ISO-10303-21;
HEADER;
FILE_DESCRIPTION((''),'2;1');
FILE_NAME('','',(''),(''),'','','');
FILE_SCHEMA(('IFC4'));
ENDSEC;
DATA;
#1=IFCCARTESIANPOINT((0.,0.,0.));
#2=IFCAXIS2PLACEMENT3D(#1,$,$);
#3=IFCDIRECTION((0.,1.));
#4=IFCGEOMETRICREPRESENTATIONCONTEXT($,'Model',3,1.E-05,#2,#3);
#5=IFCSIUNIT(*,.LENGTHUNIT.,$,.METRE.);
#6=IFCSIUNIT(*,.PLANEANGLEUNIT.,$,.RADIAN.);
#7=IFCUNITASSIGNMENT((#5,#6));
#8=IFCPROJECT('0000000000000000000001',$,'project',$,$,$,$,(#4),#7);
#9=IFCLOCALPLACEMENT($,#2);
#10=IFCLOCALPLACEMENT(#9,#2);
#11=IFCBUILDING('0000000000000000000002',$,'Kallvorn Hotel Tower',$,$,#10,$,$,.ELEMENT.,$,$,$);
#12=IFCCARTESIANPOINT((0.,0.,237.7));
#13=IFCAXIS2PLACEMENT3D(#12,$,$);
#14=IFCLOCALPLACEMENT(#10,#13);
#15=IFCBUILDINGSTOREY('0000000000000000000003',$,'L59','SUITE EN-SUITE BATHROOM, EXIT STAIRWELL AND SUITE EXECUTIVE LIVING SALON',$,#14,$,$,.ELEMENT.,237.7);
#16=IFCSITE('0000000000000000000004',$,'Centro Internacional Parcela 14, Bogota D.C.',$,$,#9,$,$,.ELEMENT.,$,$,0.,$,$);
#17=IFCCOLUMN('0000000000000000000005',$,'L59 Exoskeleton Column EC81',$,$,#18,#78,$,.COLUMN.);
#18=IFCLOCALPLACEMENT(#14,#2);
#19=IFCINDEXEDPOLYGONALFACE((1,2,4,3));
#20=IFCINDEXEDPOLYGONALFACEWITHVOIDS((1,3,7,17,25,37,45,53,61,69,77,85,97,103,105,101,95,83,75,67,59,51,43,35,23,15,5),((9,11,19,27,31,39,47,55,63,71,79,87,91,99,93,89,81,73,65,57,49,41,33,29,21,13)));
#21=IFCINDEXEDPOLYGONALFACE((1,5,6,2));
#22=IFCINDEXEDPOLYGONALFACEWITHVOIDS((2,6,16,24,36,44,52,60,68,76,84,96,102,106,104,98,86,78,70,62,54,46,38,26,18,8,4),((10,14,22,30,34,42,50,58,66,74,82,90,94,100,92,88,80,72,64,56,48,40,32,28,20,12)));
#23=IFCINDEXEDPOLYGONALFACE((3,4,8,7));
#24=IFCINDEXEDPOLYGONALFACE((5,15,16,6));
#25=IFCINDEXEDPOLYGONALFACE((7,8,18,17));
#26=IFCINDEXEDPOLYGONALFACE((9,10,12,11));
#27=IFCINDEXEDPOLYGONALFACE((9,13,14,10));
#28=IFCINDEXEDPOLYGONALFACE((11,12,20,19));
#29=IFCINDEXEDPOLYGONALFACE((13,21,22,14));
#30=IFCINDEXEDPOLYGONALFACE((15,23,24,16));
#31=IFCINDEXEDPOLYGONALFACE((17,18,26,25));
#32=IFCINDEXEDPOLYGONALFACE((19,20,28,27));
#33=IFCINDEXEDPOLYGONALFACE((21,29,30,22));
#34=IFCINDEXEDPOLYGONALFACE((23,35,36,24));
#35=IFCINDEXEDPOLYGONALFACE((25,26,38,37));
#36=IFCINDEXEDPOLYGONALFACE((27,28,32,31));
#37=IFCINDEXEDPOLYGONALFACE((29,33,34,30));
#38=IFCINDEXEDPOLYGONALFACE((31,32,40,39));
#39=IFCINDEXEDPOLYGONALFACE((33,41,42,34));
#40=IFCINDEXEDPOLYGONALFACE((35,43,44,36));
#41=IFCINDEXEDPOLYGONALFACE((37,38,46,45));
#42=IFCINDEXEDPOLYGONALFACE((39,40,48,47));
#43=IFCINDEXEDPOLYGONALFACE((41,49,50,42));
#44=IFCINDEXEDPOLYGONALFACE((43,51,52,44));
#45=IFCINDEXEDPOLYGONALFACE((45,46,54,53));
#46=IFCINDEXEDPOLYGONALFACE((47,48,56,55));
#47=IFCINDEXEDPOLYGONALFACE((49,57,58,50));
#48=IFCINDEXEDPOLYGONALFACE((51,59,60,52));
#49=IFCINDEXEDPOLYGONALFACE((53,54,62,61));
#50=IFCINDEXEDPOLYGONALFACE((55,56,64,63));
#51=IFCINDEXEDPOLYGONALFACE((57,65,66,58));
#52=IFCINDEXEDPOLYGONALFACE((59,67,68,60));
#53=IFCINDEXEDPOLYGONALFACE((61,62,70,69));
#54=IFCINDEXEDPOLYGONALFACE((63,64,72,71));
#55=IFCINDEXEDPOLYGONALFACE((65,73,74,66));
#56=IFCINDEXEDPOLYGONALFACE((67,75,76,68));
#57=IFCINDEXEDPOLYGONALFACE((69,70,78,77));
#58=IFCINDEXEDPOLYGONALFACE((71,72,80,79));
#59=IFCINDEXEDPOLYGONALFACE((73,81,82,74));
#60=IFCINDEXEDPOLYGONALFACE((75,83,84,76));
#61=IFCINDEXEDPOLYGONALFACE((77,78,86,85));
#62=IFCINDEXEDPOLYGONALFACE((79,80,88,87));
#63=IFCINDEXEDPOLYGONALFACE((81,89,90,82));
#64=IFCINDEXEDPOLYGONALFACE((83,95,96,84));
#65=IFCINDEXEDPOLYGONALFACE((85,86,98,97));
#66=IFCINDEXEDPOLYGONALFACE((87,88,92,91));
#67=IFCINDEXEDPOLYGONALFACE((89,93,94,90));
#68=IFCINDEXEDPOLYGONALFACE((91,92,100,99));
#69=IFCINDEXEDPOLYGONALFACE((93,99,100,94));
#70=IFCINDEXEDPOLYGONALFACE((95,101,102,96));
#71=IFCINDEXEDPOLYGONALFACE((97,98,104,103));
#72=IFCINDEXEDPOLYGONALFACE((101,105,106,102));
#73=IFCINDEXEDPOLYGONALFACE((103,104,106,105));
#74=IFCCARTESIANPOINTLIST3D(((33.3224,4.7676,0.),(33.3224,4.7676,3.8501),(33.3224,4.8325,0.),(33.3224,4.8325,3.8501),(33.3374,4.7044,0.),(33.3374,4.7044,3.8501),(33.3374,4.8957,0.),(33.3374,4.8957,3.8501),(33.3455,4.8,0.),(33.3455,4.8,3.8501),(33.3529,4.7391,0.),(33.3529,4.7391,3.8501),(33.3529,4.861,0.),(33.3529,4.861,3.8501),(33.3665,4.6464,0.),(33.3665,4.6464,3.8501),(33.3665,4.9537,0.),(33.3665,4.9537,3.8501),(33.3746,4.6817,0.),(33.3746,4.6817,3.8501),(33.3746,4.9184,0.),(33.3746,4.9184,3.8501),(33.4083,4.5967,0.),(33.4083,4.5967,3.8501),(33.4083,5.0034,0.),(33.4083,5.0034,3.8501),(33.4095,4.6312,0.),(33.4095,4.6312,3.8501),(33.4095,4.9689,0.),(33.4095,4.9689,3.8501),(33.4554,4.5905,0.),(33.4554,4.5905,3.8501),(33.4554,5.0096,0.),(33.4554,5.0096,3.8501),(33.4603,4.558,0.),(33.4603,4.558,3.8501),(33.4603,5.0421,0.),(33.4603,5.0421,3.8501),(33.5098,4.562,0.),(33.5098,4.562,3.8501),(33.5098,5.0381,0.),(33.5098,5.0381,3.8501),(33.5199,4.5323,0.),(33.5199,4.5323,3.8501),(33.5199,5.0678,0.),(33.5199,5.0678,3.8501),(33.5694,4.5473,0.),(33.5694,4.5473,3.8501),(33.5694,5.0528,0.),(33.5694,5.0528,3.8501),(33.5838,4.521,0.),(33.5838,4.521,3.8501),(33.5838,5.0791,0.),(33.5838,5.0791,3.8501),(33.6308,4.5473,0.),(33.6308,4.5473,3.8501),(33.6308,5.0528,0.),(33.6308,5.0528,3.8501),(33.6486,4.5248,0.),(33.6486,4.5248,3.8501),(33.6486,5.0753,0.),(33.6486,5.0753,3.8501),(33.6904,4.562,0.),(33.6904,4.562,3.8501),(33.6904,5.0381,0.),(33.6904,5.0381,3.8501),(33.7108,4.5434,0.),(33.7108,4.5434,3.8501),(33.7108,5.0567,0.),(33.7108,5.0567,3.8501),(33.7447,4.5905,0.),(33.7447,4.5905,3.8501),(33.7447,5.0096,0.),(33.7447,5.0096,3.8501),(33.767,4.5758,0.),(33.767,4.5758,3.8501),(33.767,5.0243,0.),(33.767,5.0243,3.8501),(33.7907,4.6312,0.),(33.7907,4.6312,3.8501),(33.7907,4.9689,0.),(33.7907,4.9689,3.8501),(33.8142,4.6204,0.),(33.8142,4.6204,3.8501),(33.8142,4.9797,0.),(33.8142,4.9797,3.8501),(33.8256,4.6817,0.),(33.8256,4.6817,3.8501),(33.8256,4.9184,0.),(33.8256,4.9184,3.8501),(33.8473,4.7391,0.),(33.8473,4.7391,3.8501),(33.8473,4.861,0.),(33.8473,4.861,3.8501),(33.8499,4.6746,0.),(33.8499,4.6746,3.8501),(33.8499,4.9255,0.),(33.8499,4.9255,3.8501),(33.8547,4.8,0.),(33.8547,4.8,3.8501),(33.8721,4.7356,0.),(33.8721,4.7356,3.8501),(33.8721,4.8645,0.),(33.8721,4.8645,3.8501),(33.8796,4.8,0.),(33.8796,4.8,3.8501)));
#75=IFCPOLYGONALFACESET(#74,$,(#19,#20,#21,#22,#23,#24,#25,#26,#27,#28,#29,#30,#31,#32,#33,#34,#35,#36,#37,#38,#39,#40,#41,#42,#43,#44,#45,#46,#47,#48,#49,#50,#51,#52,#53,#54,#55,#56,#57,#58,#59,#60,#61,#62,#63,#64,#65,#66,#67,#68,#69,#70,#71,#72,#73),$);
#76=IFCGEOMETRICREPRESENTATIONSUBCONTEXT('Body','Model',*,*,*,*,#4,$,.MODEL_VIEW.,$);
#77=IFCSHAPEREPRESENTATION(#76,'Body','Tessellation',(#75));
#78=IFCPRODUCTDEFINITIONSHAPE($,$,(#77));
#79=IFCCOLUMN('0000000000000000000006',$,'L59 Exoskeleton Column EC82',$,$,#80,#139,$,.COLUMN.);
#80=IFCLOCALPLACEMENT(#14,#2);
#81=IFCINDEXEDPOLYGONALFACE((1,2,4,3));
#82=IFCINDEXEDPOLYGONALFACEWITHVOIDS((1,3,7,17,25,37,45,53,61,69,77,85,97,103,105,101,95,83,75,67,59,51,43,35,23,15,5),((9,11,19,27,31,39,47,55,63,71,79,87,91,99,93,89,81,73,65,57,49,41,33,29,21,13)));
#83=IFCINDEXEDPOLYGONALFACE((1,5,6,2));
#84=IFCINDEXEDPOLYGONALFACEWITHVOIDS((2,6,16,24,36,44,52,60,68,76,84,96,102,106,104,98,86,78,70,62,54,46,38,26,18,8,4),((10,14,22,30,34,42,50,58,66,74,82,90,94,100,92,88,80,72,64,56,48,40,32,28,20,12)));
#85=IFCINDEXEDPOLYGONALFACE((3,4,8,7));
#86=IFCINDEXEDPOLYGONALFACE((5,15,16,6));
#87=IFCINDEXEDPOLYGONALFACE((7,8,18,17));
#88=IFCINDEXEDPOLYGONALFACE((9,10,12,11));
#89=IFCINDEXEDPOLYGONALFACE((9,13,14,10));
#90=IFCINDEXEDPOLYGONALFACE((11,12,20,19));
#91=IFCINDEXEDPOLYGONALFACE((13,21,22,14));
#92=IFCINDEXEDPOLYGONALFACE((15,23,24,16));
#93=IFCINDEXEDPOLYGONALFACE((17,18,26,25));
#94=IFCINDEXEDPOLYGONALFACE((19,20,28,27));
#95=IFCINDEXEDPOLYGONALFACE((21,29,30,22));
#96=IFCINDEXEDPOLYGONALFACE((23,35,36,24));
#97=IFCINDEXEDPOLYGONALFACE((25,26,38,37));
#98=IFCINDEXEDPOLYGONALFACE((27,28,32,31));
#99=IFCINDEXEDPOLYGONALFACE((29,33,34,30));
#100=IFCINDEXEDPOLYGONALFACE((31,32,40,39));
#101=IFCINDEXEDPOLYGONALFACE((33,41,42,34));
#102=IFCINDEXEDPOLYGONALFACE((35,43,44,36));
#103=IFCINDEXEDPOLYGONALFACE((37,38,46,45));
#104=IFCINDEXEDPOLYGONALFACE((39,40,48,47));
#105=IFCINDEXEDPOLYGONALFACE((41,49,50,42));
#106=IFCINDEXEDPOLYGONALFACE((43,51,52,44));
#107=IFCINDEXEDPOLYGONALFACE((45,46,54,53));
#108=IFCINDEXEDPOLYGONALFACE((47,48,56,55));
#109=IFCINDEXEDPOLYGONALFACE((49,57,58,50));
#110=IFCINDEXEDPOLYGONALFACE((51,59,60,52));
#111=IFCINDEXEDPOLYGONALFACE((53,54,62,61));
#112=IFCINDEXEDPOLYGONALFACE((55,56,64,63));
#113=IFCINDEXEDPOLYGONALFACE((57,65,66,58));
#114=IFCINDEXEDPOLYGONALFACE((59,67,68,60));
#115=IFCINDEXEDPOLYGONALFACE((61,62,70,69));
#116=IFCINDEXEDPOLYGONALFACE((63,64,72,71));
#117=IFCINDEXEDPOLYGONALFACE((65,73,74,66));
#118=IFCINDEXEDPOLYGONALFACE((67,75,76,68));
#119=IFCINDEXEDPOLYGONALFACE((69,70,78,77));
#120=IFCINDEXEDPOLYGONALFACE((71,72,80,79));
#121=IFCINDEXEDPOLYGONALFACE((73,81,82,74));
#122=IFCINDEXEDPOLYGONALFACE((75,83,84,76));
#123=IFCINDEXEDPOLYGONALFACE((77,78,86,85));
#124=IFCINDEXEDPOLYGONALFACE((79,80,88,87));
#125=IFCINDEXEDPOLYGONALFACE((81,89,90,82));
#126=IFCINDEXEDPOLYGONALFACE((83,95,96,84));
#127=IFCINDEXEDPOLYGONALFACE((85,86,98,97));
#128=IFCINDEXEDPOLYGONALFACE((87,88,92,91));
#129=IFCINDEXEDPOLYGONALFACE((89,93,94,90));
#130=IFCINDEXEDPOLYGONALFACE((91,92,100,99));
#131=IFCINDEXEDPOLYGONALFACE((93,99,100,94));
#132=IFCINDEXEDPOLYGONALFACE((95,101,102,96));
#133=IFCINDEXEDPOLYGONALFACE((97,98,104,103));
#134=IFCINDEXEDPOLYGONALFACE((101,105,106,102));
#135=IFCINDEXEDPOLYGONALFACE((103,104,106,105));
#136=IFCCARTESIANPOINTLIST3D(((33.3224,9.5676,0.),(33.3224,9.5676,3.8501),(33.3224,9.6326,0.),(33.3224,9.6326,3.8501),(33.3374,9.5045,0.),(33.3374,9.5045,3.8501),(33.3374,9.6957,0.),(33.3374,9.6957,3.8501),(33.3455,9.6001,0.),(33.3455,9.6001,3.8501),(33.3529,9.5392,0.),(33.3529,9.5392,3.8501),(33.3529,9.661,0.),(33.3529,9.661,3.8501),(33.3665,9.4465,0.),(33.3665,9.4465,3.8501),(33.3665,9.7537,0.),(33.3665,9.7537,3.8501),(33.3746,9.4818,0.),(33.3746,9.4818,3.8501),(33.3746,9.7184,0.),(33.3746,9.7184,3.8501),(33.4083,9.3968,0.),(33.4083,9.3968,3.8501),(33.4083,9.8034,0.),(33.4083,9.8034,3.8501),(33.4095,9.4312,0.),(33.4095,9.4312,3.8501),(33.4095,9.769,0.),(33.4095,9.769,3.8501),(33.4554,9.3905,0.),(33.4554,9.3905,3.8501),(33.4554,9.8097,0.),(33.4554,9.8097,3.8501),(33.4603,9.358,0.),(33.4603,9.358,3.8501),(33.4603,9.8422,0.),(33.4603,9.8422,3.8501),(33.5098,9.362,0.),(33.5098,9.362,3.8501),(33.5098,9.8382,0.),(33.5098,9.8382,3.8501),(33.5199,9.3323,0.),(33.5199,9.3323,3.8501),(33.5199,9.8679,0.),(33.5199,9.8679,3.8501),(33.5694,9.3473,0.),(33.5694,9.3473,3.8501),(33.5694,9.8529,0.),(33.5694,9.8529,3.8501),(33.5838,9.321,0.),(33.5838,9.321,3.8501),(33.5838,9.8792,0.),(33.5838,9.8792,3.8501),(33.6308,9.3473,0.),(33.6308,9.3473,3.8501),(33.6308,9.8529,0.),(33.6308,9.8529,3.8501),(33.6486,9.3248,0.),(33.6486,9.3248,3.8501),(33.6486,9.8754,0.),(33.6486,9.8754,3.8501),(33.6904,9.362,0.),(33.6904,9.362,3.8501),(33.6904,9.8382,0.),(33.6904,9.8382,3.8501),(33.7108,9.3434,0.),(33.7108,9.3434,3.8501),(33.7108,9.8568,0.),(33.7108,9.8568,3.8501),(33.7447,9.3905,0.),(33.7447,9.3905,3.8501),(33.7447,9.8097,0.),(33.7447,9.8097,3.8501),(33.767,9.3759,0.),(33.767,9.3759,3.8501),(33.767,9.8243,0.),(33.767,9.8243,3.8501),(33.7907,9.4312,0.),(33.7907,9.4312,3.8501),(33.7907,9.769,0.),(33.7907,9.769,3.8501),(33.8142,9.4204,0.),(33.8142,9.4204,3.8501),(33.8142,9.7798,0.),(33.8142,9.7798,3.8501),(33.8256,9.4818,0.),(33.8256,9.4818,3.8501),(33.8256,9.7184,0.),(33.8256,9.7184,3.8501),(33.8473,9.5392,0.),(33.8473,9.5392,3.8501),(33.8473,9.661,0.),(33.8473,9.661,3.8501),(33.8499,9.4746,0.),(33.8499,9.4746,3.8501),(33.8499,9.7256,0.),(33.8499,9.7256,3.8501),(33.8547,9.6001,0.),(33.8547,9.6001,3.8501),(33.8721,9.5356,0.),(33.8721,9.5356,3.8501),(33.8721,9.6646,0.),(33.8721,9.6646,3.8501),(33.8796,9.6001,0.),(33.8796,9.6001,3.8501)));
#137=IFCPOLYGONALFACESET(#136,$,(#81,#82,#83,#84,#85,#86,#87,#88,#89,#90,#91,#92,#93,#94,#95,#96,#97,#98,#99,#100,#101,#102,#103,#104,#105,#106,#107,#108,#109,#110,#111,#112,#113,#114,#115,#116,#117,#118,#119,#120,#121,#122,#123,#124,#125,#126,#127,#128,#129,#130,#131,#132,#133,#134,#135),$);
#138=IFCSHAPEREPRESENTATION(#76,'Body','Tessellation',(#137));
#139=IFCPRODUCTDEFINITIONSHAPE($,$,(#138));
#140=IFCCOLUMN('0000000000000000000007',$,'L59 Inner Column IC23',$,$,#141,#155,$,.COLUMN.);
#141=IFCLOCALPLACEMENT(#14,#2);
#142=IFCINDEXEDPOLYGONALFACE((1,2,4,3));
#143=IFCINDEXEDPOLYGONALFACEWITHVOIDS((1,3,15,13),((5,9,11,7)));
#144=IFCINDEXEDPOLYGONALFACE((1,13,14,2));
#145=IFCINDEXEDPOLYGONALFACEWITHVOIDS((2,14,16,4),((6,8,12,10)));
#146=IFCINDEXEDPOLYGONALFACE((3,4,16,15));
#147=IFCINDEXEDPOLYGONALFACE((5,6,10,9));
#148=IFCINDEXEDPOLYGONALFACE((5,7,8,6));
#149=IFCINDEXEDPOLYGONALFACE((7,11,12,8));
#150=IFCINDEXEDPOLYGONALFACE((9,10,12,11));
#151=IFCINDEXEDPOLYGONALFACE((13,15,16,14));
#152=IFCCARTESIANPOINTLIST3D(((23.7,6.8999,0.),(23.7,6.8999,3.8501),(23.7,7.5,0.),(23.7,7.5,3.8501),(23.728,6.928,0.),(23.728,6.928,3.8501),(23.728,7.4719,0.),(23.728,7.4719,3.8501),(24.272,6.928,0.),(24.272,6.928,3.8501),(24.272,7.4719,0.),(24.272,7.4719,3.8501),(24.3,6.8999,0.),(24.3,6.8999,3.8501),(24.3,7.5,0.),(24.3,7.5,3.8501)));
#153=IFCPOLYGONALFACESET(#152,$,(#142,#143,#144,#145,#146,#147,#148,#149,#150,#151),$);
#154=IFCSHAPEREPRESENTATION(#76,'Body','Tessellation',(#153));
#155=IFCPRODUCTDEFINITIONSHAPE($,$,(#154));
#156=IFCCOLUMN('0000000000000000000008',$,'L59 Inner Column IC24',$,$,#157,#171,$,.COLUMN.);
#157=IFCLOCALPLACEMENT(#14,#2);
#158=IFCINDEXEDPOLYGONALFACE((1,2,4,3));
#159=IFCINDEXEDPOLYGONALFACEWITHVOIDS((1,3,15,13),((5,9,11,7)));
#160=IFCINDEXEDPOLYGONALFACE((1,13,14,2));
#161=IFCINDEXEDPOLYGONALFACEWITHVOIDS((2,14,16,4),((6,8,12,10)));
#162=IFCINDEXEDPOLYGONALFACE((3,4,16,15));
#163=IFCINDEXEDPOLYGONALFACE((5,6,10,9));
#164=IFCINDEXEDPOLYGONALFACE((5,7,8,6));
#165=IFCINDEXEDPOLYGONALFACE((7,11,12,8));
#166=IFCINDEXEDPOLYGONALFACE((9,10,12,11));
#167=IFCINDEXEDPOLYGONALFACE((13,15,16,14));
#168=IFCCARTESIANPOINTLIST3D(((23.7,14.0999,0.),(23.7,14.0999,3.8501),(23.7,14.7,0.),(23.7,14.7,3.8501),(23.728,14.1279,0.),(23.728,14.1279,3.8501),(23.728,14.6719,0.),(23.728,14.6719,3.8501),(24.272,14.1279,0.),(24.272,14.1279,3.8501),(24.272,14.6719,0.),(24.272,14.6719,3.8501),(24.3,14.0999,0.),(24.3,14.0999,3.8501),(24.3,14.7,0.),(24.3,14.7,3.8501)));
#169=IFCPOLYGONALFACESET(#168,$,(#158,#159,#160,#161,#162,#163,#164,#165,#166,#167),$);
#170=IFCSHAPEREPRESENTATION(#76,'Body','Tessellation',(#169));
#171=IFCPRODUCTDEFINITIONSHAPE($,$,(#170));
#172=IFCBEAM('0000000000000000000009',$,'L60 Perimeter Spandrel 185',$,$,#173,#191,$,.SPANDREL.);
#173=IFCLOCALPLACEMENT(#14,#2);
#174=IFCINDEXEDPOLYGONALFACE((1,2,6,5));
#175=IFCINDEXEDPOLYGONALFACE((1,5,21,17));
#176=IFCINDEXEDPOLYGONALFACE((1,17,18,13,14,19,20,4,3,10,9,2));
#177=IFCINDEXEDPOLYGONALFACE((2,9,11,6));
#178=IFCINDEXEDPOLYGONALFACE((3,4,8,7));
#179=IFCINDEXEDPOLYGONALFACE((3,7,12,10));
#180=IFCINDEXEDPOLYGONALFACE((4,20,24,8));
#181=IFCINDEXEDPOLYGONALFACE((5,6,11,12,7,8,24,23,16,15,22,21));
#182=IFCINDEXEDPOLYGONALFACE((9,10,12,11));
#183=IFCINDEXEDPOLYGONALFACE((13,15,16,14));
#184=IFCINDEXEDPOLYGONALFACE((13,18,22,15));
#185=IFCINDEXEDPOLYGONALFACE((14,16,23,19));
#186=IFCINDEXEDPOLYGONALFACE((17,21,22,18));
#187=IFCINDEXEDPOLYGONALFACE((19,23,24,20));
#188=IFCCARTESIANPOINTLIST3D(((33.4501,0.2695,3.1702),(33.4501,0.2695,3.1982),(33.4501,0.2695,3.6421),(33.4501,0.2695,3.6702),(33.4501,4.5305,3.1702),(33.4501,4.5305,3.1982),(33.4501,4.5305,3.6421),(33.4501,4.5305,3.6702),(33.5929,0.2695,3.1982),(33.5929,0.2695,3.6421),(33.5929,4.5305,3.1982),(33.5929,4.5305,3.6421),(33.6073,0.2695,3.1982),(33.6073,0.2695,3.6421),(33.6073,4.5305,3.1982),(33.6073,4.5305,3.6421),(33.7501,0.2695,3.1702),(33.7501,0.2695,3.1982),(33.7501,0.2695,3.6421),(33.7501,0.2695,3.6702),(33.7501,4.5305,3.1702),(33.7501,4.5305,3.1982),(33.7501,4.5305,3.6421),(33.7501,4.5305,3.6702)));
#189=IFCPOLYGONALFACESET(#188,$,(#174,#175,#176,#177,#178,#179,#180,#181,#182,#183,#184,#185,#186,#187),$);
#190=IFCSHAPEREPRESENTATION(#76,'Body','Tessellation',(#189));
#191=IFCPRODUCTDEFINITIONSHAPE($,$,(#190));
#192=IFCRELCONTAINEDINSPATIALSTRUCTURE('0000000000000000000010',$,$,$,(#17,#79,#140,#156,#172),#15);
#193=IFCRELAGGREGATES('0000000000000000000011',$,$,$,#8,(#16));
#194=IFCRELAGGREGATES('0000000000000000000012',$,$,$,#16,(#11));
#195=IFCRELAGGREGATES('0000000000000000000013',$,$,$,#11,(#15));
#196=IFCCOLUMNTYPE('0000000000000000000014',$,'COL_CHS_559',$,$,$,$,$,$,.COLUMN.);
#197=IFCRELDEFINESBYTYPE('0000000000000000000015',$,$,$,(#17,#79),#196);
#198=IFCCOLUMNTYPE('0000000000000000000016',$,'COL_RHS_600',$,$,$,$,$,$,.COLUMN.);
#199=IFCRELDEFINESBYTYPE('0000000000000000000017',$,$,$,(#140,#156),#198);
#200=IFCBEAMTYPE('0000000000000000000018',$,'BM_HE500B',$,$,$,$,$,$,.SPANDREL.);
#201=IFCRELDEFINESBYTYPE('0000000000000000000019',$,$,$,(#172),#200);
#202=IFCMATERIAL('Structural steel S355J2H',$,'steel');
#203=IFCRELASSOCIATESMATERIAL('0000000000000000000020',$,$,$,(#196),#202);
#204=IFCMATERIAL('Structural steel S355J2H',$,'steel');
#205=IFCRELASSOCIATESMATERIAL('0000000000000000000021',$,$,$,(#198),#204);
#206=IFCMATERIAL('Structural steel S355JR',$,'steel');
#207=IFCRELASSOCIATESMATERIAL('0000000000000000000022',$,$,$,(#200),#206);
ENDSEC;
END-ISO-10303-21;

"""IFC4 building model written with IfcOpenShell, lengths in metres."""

from ifc_helpers import new_model, si_unit, direction, frame, origin, origin_2d, place, context, subcontext, project, spatial, hollow_rectangle, hollow_circle, i_section, extrude, material, material_profile, profile_set, type_object, element, save


model = new_model("IFC4")

# Units and contexts
model_context = context("Model", 3, precision=1e-05, world=origin(), true_north=direction((0.0, 1.0)))
body_context = subcontext(model_context, "Body", "Model", "MODEL_VIEW")
ifc_project = project(units=[si_unit("LENGTHUNIT", "METRE"), si_unit("PLANEANGLEUNIT", "RADIAN")], contexts=[model_context])

# Site, building, storey
site_placement = place(None, origin())
site = spatial("IfcSite", under=ifc_project, at=site_placement, Name="Centro Internacional Parcela 14, Bogota D.C.", CompositionType="ELEMENT", RefElevation=0.0)
building_placement = place(site_placement, origin())
building = spatial("IfcBuilding", under=site, at=building_placement, Name="Kallvorn Hotel Tower", CompositionType="ELEMENT")
storey_placement = place(building_placement, frame((0.0, 0.0, 237.7)))
storey = spatial("IfcBuildingStorey", under=building, at=storey_placement, Name="L59", Description="SUITE EN-SUITE BATHROOM, EXIT STAIRWELL AND SUITE EXECUTIVE LIVING SALON", CompositionType="ELEMENT", Elevation=237.7)

# Columns
ifc_material_1 = material(Name="Structural steel S355J2H", Category="steel")
ifc_material_profile_1 = material_profile(ifc_material_1, hollow_circle(Radius=0.2795, WallThickness=0.0249, at=origin_2d()), Name="CHS 559x25")
ifc_profile_set_1 = profile_set([ifc_material_profile_1], Name="Structural steel S355J2H")
column_type_1 = type_object("IfcColumnType", Name="COL_CHS_559", PredefinedType="COLUMN", material=ifc_profile_set_1)
for number, where, z_axis, x_axis, name in (
    (1, (33.6001, 4.8, 0.0), (0.0, 0.0, 1.0), (1.0, 0.0, 0.0), "L59 Exoskeleton Column EC81"),
    (2, (33.6001, 9.6001, 0.0), (0.0, 0.0, 1.0), (1.0, 0.0, 0.0), "L59 Exoskeleton Column EC82"),
):
    element("IfcColumn", number, at=place(storey_placement, frame(where, z_axis=z_axis, x_axis=x_axis)), inside=storey, type_object=column_type_1, Name=name, PredefinedType="COLUMN", context=body_context, shape_type="SweptSolid", body=[
        extrude(hollow_circle(Radius=0.2795, WallThickness=0.0249, at=origin_2d()), origin(), (0.0, 0.0, 1.0), 3.8501),
    ])
ifc_material_2 = material(Name="Structural steel S355J2H", Category="steel")
ifc_material_profile_2 = material_profile(ifc_material_2, hollow_rectangle(XDim=0.6001, YDim=0.6001, WallThickness=0.0281, at=origin_2d()), Name="RHS 600x600x28")
ifc_profile_set_2 = profile_set([ifc_material_profile_2], Name="Structural steel S355J2H")
column_type_2 = type_object("IfcColumnType", Name="COL_RHS_600", PredefinedType="COLUMN", material=ifc_profile_set_2)
for number, where, z_axis, x_axis, name in (
    (3, (24.0, 7.2, 0.0), (0.0, 0.0, 1.0), (1.0, 0.0, 0.0), "L59 Inner Column IC23"),
    (4, (24.0, 14.3999, 0.0), (0.0, 0.0, 1.0), (1.0, 0.0, 0.0), "L59 Inner Column IC24"),
):
    element("IfcColumn", number, at=place(storey_placement, frame(where, z_axis=z_axis, x_axis=x_axis)), inside=storey, type_object=column_type_2, Name=name, PredefinedType="COLUMN", context=body_context, shape_type="SweptSolid", body=[
        extrude(hollow_rectangle(XDim=0.6001, YDim=0.6001, WallThickness=0.0281, at=origin_2d()), origin(), (0.0, 0.0, 1.0), 3.8501),
    ])

# Beam
ifc_material_3 = material(Name="Structural steel S355JR", Category="steel")
ifc_material_profile_3 = material_profile(ifc_material_3, i_section(OverallWidth=0.3, OverallDepth=0.5, WebThickness=0.0144, FlangeThickness=0.0281, at=origin_2d()), Name="HE 500 B")
ifc_profile_set_3 = profile_set([ifc_material_profile_3], Name="Structural steel S355JR")
beam_type_1 = type_object("IfcBeamType", Name="BM_HE500B", PredefinedType="SPANDREL", material=ifc_profile_set_3)
for number, where, z_axis, x_axis, name in (
    (5, (33.6001, 0.2695, 3.4202), (0.0, 1.0, 0.0), (-1.0, 0.0, 0.0), "L60 Perimeter Spandrel 185"),
):
    element("IfcBeam", number, at=place(storey_placement, frame(where, z_axis=z_axis, x_axis=x_axis)), inside=storey, type_object=beam_type_1, Name=name, PredefinedType="SPANDREL", context=body_context, shape_type="SweptSolid", body=[
        extrude(i_section(OverallWidth=0.3, OverallDepth=0.5, WebThickness=0.0144, FlangeThickness=0.0281, at=origin_2d()), origin(), (0.0, 0.0, 1.0), 4.261),
    ])

save(model, "model.ifc")
